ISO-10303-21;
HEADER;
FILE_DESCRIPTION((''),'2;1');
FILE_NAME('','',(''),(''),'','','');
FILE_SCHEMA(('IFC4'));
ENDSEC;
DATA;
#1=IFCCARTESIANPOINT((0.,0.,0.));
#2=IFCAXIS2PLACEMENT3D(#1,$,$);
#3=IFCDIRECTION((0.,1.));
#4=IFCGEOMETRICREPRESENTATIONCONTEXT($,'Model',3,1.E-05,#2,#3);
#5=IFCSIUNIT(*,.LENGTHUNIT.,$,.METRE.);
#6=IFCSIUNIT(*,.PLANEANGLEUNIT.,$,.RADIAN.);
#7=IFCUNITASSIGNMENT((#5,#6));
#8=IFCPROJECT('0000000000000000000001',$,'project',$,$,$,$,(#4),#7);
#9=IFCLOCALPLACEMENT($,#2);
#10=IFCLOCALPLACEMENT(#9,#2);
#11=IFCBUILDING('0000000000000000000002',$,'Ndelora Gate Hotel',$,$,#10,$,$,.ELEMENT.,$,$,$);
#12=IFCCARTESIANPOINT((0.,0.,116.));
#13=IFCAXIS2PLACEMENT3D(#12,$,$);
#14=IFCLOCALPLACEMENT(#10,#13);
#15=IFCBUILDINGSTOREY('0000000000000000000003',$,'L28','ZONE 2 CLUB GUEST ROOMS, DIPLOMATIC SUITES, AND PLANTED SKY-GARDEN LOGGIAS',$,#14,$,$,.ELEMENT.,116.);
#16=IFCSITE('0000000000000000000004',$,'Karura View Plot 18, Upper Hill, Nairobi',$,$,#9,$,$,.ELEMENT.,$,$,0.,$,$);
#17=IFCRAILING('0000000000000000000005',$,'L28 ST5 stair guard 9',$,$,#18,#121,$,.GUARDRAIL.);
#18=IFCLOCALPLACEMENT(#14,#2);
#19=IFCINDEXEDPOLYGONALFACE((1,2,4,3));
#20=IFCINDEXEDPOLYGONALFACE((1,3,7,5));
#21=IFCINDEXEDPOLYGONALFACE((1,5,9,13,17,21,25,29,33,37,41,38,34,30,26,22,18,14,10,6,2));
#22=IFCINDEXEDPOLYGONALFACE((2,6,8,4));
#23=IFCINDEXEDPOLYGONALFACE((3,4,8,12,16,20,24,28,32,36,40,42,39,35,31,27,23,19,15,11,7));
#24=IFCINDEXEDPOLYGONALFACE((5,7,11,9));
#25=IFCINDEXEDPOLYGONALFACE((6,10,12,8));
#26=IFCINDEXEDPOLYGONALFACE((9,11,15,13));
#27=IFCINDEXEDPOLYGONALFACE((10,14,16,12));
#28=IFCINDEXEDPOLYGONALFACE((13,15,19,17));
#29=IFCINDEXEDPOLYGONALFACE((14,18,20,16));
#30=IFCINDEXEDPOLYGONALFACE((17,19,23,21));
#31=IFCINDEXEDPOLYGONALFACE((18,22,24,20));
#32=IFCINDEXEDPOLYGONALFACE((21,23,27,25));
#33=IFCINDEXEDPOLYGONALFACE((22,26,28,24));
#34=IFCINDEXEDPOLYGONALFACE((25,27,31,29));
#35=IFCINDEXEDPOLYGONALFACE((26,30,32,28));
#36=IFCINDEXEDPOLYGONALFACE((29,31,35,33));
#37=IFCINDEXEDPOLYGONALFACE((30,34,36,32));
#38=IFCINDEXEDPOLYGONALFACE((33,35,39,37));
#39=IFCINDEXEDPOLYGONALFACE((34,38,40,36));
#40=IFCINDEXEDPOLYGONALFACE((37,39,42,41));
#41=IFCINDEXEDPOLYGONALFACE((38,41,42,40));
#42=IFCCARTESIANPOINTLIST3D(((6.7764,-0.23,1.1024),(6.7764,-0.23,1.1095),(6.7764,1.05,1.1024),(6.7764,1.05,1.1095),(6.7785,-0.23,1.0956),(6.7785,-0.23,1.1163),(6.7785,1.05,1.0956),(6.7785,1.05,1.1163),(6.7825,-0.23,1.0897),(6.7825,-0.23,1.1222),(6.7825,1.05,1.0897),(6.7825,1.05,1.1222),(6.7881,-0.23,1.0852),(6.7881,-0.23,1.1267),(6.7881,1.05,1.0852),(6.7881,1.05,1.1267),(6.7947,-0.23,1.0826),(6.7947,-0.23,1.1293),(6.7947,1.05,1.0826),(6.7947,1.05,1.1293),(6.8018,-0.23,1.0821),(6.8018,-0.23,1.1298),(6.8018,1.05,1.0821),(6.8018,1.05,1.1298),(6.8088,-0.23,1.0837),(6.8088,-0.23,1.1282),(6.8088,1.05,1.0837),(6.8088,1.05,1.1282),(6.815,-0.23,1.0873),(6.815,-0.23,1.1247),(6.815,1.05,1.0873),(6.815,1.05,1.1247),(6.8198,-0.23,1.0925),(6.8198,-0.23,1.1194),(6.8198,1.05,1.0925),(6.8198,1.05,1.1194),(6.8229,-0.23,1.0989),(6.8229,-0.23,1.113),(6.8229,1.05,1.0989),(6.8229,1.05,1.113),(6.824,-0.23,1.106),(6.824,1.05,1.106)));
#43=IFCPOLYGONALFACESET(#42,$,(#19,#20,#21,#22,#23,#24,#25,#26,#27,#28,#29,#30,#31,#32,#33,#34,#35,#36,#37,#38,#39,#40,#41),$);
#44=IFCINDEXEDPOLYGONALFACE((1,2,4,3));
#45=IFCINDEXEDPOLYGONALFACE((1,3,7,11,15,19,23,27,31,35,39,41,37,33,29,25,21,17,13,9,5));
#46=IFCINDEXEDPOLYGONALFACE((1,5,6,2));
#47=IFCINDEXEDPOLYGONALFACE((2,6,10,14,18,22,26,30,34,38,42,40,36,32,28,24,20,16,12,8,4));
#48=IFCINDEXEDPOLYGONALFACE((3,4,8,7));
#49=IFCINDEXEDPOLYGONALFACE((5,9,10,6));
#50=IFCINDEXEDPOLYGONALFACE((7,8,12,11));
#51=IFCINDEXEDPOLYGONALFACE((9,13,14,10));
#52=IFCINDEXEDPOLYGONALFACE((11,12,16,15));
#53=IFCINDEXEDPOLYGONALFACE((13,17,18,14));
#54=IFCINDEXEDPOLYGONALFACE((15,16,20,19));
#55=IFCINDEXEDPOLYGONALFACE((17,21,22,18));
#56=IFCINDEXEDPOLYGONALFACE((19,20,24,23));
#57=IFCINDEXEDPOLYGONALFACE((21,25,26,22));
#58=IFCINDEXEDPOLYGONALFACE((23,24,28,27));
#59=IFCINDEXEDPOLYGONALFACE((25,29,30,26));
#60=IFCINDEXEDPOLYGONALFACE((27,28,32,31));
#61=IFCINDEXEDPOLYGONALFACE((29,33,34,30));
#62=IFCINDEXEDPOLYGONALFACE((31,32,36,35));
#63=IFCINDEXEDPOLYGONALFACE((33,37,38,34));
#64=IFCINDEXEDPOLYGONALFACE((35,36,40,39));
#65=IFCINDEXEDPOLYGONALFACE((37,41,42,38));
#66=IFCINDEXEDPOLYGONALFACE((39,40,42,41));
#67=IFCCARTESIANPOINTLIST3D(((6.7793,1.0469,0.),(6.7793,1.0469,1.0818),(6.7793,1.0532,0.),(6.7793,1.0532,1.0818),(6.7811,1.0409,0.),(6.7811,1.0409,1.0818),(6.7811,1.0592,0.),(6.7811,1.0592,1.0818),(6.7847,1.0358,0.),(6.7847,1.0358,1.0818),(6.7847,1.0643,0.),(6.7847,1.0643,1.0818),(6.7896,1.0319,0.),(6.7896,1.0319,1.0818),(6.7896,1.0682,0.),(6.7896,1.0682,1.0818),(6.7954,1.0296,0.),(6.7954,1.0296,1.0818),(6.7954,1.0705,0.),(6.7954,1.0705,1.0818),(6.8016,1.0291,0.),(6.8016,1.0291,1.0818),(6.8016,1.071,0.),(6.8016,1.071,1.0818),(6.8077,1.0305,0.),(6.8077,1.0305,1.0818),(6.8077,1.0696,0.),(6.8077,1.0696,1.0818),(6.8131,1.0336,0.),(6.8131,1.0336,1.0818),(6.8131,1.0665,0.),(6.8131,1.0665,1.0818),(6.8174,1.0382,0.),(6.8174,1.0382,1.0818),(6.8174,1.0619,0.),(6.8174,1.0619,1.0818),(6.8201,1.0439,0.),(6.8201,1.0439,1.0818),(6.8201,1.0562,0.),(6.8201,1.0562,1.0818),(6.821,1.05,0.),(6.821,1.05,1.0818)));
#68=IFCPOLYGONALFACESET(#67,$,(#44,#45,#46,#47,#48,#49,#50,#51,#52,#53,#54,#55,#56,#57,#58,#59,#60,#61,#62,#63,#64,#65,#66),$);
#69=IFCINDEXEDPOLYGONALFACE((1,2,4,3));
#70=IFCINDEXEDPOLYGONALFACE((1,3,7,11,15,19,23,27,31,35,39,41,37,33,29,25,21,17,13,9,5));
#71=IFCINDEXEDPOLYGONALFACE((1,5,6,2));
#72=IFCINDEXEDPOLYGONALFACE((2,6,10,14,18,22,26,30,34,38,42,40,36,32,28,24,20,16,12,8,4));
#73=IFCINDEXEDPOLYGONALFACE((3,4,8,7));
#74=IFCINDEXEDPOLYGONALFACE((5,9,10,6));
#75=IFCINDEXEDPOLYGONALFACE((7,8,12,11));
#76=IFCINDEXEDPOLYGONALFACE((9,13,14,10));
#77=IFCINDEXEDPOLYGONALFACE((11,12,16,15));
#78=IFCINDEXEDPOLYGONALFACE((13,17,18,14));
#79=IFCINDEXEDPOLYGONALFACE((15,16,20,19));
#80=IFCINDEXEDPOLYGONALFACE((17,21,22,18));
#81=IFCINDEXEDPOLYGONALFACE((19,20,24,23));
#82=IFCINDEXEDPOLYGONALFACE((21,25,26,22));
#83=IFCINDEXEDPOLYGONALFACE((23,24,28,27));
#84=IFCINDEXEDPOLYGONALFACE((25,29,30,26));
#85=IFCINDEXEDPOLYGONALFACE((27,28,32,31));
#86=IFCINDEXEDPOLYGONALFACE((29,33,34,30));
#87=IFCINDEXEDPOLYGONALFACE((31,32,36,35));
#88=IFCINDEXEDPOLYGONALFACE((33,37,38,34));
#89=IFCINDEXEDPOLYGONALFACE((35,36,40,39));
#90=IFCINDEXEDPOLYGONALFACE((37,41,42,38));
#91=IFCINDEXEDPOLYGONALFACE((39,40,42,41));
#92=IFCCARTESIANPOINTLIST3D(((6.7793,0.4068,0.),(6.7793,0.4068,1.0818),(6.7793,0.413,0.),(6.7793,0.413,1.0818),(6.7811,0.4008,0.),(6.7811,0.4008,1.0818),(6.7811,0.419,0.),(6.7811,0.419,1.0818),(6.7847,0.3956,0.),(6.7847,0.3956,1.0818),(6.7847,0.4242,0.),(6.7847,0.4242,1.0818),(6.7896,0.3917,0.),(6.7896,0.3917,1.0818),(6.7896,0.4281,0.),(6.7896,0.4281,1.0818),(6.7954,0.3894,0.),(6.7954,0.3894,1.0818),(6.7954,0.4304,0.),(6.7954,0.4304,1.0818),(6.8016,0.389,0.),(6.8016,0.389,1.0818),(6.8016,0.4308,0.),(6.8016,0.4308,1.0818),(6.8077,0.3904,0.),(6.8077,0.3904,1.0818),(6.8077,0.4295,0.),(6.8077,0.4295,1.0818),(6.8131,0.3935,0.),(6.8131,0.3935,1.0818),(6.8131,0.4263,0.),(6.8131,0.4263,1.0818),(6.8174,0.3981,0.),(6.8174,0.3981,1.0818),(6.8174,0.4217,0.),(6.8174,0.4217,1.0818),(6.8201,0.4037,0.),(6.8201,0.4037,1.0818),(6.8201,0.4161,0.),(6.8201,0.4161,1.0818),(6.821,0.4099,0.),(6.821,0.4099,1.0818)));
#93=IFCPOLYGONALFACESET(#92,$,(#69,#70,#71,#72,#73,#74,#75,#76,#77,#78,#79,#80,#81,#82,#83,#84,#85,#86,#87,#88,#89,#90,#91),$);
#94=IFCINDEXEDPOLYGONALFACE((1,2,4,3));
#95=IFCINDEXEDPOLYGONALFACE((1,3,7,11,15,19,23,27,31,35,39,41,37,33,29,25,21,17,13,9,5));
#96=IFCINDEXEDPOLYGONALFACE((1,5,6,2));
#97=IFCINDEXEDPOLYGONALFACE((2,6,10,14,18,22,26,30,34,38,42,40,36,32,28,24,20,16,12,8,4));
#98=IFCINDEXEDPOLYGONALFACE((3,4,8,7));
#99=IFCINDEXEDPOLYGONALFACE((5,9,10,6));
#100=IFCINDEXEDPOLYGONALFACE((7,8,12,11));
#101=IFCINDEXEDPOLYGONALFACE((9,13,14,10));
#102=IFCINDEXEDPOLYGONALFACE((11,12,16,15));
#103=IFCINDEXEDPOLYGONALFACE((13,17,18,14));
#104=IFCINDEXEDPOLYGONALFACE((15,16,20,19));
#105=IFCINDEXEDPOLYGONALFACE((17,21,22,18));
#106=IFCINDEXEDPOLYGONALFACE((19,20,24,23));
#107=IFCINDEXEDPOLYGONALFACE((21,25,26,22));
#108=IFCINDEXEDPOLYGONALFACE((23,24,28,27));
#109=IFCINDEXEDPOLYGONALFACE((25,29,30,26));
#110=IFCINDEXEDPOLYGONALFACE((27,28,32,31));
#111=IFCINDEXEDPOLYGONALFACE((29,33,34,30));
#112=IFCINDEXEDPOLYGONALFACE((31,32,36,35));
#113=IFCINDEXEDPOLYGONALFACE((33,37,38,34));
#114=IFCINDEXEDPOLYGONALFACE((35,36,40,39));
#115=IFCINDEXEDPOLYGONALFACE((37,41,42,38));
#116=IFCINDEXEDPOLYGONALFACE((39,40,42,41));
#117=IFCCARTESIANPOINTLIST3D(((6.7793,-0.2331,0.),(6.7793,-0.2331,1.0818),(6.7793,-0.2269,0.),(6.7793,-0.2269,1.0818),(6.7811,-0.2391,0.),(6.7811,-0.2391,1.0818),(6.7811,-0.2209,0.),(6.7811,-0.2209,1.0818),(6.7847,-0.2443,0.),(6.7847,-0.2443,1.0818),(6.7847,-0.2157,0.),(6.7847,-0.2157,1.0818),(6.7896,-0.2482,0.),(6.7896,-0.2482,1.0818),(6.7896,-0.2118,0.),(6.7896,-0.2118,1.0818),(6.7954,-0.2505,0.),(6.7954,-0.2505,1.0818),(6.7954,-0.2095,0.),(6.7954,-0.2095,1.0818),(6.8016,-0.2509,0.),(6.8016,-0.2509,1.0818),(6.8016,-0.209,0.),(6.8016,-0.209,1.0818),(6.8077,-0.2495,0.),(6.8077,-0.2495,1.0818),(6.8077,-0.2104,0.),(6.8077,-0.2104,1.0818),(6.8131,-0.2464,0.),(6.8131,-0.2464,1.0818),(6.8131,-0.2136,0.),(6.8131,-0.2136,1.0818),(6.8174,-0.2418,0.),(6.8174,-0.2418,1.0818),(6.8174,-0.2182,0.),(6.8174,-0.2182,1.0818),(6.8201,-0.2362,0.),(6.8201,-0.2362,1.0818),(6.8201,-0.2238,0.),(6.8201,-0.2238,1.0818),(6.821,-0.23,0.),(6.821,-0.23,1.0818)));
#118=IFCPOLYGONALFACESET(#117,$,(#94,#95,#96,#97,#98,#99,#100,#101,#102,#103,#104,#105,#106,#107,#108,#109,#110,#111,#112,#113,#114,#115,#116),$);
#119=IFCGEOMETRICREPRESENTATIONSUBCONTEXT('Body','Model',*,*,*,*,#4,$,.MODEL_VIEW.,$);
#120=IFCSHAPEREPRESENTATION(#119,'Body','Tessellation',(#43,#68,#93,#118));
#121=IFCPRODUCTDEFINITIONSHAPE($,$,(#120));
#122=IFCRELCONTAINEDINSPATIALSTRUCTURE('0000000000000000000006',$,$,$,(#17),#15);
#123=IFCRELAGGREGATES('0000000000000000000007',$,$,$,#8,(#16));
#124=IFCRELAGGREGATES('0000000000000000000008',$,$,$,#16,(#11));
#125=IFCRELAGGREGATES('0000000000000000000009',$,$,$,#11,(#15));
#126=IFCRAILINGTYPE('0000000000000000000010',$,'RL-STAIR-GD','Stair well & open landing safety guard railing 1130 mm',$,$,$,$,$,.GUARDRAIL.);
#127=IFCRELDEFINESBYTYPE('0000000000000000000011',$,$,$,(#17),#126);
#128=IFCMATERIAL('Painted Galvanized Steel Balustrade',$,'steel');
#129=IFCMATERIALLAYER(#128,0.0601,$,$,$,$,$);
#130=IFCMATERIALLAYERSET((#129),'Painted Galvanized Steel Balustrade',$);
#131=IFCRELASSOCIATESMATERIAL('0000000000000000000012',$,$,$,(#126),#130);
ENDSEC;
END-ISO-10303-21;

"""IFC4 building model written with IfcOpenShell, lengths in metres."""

from ifc_helpers import new_model, si_unit, direction, frame, origin, origin_2d, place, context, subcontext, project, spatial, circle, extrude, material, layer, layer_set, type_object, element, save


model = new_model("IFC4")

# Units and contexts
model_context = context("Model", 3, precision=1e-05, world=origin(), true_north=direction((0.0, 1.0)))
body_context = subcontext(model_context, "Body", "Model", "MODEL_VIEW")
ifc_project = project(units=[si_unit("LENGTHUNIT", "METRE"), si_unit("PLANEANGLEUNIT", "RADIAN")], contexts=[model_context])

# Site, building, storey
site_placement = place(None, origin())
site = spatial("IfcSite", under=ifc_project, at=site_placement, Name="Karura View Plot 18, Upper Hill, Nairobi", CompositionType="ELEMENT", RefElevation=0.0)
building_placement = place(site_placement, origin())
building = spatial("IfcBuilding", under=site, at=building_placement, Name="Ndelora Gate Hotel", CompositionType="ELEMENT")
storey_placement = place(building_placement, frame((0.0, 0.0, 116.0)))
storey = spatial("IfcBuildingStorey", under=building, at=storey_placement, Name="L28", Description="ZONE 2 CLUB GUEST ROOMS, DIPLOMATIC SUITES, AND PLANTED SKY-GARDEN LOGGIAS", CompositionType="ELEMENT", Elevation=116.0)

# Railing
ifc_material_1 = material(Name="Painted Galvanized Steel Balustrade", Category="steel")
ifc_layer_1 = layer(ifc_material_1, 0.0601)
ifc_layer_set_1 = layer_set([ifc_layer_1], Name="Painted Galvanized Steel Balustrade")
railing_type_1 = type_object("IfcRailingType", Name="RL-STAIR-GD", Description="Stair well & open landing safety guard railing 1130 mm", PredefinedType="GUARDRAIL", material=ifc_layer_set_1)
for number, where, name in (
    (1, (6.8, 1.05, 0.0), "L28 ST5 stair guard 9"),
):
    element("IfcRailing", number, at=place(storey_placement, frame(where)), inside=storey, type_object=railing_type_1, Name=name, PredefinedType="GUARDRAIL", context=body_context, shape_type="SweptSolid", body=[
        extrude(circle(Radius=0.0239, at=origin_2d()), frame((0.0, 0.0, 1.106), z_axis=(0.0, -1.0, 0.0), x_axis=(1.0, 0.0, 0.0)), (0.0, 0.0, 1.0), 1.28),
        extrude(circle(Radius=0.021, at=origin_2d()), origin(), (0.0, 0.0, 1.0), 1.0818),
        extrude(circle(Radius=0.021, at=origin_2d()), frame((0.0, -0.6401, 0.0)), (0.0, 0.0, 1.0), 1.0818),
        extrude(circle(Radius=0.021, at=origin_2d()), frame((0.0, -1.28, 0.0)), (0.0, 0.0, 1.0), 1.0818),
    ])

save(model, "model.ifc")
